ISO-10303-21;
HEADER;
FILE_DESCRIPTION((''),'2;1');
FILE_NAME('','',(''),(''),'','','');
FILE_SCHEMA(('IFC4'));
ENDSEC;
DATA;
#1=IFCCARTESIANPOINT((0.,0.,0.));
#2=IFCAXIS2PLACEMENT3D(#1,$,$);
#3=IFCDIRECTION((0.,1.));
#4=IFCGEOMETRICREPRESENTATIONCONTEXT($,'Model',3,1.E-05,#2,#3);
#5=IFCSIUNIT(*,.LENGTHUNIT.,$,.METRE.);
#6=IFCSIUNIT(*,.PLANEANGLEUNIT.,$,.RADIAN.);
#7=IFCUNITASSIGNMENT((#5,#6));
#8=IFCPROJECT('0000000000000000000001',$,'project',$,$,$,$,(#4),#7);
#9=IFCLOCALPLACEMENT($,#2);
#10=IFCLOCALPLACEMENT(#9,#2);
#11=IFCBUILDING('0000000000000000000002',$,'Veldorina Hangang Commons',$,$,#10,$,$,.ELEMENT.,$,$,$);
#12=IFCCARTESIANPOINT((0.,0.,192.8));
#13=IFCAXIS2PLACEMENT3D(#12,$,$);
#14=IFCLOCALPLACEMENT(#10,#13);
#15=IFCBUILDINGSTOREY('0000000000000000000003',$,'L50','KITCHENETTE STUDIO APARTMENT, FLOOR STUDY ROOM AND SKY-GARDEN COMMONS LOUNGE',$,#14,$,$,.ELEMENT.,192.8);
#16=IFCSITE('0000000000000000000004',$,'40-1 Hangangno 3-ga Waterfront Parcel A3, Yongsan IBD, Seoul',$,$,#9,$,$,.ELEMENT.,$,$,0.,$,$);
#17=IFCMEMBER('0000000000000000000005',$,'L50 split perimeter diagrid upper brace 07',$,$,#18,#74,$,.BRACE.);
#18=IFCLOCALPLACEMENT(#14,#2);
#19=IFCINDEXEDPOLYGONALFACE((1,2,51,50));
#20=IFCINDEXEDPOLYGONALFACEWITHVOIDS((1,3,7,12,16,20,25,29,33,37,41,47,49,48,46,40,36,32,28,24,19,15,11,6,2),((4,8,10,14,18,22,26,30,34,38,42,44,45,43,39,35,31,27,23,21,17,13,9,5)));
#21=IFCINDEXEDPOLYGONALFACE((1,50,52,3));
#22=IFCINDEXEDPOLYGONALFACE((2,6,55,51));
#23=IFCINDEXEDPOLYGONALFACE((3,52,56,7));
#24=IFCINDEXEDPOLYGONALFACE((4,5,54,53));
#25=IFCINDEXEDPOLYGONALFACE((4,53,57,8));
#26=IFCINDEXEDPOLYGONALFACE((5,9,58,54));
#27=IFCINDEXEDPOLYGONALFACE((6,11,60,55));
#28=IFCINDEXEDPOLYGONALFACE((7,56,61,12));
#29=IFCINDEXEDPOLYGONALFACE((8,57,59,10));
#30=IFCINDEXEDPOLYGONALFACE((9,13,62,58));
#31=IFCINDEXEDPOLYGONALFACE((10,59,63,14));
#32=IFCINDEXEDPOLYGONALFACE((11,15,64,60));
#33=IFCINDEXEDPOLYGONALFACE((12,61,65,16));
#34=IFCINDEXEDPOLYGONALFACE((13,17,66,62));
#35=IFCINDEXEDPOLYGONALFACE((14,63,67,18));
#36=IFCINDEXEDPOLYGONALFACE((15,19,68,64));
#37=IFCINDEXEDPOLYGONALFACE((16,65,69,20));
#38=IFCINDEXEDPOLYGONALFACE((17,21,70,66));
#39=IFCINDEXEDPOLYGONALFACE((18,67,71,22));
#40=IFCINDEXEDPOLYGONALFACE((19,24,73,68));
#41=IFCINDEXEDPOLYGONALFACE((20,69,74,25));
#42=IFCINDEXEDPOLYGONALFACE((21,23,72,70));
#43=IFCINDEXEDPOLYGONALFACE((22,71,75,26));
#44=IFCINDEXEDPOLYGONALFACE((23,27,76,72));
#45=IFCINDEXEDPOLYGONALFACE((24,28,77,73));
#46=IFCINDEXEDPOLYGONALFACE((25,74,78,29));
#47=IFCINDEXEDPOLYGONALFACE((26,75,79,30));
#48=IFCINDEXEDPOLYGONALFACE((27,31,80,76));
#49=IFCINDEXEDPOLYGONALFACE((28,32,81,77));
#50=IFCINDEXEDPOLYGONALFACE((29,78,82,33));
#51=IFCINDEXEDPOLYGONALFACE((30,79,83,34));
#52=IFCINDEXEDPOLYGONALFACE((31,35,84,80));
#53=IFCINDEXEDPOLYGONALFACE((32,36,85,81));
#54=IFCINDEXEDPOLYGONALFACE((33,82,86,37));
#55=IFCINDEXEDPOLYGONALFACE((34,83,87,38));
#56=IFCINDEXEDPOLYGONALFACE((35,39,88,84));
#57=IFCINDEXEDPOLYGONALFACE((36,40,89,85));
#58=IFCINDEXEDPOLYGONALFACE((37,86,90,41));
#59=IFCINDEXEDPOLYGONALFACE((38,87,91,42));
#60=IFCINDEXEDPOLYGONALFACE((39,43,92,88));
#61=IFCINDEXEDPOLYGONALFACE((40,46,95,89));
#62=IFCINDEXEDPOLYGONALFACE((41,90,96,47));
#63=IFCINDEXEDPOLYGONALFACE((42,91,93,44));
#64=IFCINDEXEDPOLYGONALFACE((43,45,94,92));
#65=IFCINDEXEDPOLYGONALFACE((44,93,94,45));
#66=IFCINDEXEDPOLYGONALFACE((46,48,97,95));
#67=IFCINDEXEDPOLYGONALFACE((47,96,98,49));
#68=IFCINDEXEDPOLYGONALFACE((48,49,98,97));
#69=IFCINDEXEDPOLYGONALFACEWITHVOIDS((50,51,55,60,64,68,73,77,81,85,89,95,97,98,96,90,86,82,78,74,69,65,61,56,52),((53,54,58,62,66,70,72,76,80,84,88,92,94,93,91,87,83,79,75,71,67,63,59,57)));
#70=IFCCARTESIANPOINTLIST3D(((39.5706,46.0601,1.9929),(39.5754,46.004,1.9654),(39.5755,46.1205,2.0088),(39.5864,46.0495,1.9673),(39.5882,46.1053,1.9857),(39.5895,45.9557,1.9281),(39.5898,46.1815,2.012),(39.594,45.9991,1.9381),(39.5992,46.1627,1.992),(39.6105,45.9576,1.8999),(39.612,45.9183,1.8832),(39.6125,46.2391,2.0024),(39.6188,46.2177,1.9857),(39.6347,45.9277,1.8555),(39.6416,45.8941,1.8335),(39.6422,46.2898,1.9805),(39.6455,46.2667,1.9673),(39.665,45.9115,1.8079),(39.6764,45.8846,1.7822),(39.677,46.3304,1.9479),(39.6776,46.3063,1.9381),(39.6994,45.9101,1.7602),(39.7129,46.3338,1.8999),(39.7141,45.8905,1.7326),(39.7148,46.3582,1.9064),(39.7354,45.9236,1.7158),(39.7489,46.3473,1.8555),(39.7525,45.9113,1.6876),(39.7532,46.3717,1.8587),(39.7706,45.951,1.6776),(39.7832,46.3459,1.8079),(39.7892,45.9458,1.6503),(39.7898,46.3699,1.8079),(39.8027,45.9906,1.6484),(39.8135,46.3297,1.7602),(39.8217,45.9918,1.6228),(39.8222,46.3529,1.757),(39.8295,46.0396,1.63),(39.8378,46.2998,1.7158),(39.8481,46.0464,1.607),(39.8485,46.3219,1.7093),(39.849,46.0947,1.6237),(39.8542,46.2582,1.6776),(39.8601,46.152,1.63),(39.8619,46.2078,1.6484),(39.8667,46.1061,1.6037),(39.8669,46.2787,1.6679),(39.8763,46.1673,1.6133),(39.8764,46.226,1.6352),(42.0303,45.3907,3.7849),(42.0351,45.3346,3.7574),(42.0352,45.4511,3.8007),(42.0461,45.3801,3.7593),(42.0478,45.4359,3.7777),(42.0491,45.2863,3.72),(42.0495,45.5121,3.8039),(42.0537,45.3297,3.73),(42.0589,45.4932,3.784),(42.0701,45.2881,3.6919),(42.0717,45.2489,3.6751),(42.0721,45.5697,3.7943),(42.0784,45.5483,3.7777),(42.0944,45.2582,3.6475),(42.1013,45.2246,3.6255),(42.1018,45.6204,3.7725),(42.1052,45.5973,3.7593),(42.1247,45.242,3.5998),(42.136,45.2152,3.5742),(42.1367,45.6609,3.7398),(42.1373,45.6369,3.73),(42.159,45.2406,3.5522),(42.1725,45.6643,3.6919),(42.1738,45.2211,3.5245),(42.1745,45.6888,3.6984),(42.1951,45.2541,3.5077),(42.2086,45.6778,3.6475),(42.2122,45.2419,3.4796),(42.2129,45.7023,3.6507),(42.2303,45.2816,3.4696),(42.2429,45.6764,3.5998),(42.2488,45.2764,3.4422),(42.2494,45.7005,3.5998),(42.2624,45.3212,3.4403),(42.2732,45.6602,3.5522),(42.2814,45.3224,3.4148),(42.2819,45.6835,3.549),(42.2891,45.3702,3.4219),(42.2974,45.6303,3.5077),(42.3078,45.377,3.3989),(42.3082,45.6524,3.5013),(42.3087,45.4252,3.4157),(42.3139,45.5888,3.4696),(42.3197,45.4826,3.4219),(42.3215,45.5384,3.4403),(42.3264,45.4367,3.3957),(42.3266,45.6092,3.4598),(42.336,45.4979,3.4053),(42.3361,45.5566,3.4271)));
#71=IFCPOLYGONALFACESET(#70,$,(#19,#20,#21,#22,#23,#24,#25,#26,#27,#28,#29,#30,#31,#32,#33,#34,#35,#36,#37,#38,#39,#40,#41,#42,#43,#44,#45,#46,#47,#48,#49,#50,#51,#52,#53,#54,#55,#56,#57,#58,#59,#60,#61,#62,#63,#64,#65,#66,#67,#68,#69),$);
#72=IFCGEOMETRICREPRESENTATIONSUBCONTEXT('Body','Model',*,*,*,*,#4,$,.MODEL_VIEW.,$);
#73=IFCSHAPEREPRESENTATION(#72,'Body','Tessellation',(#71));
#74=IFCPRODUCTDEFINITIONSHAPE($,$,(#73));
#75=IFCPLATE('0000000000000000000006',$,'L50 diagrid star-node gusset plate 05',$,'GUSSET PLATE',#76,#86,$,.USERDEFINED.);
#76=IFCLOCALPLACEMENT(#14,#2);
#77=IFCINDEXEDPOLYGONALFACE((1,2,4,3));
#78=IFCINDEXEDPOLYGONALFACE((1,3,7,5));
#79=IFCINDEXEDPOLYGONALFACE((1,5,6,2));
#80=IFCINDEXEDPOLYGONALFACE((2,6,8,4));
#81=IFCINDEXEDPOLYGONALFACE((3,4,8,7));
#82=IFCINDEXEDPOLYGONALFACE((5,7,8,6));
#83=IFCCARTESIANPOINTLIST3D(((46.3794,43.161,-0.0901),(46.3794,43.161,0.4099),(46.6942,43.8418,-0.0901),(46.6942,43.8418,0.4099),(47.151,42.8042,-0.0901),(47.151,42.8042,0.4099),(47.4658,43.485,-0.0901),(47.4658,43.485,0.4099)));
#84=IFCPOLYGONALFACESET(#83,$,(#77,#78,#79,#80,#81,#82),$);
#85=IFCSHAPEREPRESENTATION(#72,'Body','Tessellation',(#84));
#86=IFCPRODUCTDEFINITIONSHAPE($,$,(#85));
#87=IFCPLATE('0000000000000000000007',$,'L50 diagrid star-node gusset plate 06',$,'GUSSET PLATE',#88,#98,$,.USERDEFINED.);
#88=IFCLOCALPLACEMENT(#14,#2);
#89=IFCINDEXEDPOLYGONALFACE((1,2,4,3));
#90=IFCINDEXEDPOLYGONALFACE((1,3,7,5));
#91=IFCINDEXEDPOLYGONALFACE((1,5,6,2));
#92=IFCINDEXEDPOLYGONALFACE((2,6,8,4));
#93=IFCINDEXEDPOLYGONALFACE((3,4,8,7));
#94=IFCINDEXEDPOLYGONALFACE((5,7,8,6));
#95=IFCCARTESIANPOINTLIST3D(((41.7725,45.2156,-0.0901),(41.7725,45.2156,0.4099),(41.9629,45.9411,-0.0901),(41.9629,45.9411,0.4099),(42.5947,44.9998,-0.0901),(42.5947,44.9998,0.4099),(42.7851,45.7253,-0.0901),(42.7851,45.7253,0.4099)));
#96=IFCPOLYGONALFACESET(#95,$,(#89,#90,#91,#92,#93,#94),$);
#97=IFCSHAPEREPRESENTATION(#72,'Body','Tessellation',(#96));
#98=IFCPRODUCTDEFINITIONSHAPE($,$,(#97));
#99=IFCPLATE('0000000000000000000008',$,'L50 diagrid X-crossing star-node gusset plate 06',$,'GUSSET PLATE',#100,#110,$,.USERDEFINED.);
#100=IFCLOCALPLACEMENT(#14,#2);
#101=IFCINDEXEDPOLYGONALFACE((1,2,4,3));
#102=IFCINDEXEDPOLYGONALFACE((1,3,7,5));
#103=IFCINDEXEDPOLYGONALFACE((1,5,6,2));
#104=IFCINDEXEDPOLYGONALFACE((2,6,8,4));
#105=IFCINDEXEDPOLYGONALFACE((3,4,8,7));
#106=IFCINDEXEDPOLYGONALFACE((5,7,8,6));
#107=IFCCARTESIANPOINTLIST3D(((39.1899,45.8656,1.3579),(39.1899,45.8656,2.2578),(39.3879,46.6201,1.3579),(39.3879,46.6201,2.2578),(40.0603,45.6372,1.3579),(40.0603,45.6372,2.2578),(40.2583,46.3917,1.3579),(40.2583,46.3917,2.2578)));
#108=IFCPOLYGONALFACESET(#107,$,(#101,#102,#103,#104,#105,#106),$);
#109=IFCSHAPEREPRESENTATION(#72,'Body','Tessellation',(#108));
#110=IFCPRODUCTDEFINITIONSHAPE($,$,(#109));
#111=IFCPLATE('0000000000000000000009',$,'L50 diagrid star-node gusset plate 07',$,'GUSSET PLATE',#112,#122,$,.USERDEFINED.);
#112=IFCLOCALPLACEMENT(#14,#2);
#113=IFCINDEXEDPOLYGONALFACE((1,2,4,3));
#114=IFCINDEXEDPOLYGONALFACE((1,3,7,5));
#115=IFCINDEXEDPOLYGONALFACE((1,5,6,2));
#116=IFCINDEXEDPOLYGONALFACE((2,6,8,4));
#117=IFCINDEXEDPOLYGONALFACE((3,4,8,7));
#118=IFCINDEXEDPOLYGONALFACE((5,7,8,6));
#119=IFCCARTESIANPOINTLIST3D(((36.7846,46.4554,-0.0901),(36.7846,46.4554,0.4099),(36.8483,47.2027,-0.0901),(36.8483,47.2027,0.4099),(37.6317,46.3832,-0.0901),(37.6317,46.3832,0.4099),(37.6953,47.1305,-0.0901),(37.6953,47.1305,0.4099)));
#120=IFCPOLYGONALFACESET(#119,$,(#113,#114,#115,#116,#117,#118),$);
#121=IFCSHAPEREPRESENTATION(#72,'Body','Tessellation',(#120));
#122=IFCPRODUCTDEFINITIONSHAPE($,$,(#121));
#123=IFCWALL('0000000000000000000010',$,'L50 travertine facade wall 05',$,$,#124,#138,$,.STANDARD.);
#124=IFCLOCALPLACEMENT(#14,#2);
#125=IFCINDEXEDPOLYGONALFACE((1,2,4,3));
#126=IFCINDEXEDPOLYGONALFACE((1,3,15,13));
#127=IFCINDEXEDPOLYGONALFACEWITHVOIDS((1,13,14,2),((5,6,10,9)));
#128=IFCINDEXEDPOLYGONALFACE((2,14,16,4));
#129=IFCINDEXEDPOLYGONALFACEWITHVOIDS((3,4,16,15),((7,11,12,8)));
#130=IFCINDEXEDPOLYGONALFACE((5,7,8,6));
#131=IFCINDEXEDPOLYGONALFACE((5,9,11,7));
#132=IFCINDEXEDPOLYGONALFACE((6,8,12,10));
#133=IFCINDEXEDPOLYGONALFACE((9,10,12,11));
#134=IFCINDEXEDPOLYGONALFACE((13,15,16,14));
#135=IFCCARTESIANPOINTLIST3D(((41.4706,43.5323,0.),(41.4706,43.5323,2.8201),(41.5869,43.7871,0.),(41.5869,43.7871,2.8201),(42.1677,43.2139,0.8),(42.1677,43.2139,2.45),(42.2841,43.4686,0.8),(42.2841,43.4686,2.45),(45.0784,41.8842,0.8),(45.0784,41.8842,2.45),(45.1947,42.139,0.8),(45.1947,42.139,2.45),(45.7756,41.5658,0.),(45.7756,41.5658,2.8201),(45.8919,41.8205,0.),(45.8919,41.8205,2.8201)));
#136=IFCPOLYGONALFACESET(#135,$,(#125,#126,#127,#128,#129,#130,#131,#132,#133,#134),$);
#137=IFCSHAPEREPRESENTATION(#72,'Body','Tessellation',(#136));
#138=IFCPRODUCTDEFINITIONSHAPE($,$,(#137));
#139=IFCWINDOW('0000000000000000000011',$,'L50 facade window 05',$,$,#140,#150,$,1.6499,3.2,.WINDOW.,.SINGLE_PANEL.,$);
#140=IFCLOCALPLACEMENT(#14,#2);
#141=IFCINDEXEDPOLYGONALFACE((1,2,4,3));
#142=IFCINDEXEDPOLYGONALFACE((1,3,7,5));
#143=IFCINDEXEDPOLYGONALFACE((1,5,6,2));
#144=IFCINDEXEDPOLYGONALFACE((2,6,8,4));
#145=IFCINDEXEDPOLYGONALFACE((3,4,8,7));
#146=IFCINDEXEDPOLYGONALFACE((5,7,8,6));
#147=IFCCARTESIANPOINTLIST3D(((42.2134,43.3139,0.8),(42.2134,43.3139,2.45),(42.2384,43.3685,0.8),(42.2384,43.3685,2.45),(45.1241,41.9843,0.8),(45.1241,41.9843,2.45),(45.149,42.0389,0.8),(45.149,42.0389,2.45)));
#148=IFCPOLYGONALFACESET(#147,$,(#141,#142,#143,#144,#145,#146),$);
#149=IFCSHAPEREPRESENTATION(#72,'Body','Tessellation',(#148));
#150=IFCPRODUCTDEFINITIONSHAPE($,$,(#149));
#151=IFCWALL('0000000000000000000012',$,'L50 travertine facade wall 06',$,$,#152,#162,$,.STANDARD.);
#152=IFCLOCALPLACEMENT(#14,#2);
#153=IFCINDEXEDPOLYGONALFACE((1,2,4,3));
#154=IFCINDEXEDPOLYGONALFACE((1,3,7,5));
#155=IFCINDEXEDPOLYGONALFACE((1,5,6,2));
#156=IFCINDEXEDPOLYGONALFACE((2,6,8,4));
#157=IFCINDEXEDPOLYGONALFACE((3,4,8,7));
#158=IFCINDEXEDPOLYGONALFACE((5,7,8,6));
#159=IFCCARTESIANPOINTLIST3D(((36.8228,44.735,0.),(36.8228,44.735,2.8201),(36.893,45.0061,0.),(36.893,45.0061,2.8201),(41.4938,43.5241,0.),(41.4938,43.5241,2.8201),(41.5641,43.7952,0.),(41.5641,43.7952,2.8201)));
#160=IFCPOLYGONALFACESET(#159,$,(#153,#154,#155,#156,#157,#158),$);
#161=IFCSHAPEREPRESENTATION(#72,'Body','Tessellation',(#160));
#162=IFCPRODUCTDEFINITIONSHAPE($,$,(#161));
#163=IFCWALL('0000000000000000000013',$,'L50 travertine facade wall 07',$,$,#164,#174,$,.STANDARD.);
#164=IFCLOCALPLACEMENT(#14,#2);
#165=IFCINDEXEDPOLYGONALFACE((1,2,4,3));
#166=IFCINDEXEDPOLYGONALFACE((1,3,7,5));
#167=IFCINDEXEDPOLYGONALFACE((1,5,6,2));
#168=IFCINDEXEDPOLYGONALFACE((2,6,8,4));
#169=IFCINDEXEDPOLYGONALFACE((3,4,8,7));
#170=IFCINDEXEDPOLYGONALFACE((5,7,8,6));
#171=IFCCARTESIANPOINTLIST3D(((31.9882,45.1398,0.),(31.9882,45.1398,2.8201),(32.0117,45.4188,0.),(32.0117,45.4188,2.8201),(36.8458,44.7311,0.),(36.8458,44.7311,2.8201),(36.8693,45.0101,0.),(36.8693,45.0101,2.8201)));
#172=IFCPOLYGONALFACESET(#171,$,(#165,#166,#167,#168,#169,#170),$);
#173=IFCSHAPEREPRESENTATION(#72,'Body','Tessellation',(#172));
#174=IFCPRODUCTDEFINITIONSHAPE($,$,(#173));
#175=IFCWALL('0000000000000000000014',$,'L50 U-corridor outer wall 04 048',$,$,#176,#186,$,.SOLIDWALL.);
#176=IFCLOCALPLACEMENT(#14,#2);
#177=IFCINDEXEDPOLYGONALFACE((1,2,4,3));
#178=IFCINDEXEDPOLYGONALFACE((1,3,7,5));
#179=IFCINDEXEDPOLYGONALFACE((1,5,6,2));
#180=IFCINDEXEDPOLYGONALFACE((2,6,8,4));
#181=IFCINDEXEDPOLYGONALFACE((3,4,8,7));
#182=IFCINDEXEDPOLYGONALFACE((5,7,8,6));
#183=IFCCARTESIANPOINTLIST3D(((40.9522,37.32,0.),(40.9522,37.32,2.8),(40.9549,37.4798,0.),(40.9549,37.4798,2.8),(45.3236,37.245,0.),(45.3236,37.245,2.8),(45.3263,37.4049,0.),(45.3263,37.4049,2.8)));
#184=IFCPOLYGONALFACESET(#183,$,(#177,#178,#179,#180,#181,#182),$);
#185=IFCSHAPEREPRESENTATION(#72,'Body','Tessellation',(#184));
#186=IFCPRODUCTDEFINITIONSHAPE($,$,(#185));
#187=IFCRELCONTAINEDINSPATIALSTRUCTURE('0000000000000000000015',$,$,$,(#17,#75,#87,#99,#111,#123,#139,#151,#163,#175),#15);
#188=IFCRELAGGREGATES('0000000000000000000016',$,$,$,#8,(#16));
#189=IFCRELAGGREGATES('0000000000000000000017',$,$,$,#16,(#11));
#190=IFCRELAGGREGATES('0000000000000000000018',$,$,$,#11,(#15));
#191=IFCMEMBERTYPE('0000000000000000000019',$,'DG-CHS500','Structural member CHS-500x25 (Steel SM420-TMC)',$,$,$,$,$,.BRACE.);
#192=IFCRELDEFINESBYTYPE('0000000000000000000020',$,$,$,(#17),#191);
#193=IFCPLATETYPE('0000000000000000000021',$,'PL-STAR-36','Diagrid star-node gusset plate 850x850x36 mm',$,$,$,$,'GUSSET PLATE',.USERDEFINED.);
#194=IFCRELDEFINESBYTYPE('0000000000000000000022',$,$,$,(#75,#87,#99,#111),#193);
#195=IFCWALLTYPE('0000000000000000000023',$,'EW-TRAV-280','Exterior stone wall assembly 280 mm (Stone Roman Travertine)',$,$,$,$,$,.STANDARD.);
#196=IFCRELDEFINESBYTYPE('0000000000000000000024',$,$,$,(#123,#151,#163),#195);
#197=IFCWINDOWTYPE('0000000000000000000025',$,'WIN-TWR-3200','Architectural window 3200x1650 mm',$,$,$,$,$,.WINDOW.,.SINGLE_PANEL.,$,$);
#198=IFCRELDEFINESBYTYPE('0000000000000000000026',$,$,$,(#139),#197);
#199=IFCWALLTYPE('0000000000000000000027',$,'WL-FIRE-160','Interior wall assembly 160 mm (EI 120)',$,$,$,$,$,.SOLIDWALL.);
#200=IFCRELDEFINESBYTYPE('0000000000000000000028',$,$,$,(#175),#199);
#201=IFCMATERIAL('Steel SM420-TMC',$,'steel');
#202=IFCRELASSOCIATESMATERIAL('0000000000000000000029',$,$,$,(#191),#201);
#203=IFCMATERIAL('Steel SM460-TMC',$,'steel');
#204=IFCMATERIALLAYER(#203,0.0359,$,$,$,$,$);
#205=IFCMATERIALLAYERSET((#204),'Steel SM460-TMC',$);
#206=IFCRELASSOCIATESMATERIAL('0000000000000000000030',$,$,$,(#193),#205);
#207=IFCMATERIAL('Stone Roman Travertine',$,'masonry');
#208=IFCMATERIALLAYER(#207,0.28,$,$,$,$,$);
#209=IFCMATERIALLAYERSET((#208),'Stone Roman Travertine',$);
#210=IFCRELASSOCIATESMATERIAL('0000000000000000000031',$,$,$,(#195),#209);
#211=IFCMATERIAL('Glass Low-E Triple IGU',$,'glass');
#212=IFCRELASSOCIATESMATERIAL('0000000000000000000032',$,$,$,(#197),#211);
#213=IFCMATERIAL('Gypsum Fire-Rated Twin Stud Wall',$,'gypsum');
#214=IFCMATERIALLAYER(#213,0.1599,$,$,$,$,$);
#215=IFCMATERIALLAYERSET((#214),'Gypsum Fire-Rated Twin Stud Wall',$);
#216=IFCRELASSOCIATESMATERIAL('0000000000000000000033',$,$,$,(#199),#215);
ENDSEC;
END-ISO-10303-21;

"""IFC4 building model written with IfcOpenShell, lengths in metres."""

from ifc_helpers import new_model, si_unit, direction, frame, frame_2d, origin, origin_2d, place, context, subcontext, project, spatial, rectangle, hollow_circle, extrude, material, layer, layer_set, material_profile, profile_set, type_object, element, fill, save


model = new_model("IFC4")

# Units and contexts
model_context = context("Model", 3, precision=1e-05, world=origin(), true_north=direction((0.0, 1.0)))
body_context = subcontext(model_context, "Body", "Model", "MODEL_VIEW")
ifc_project = project(units=[si_unit("LENGTHUNIT", "METRE"), si_unit("PLANEANGLEUNIT", "RADIAN")], contexts=[model_context])

# Site, building, storey
site_placement = place(None, origin())
site = spatial("IfcSite", under=ifc_project, at=site_placement, Name="40-1 Hangangno 3-ga Waterfront Parcel A3, Yongsan IBD, Seoul", CompositionType="ELEMENT", RefElevation=0.0)
building_placement = place(site_placement, origin())
building = spatial("IfcBuilding", under=site, at=building_placement, Name="Veldorina Hangang Commons", CompositionType="ELEMENT")
storey_placement = place(building_placement, frame((0.0, 0.0, 192.8)))
storey = spatial("IfcBuildingStorey", under=building, at=storey_placement, Name="L50", Description="KITCHENETTE STUDIO APARTMENT, FLOOR STUDY ROOM AND SKY-GARDEN COMMONS LOUNGE", CompositionType="ELEMENT", Elevation=192.8)

# Shared definitions
ifc_material_1 = material(Name="Steel SM420-TMC", Category="steel")

# Member
ifc_material_profile_1 = material_profile(ifc_material_1, hollow_circle(Radius=0.25, WallThickness=0.0249, at=origin_2d()), Name="CHS-500x25")
ifc_profile_set_1 = profile_set([ifc_material_profile_1], Name="Steel SM420-TMC")
member_type = type_object("IfcMemberType", Name="DG-CHS500", Description="Structural member CHS-500x25 (Steel SM420-TMC)", PredefinedType="BRACE", material=ifc_profile_set_1)
member_1_placement = place(storey_placement, frame((39.7241, 46.1287, 1.8079), z_axis=(0.789378, -0.214836, 0.57509), x_axis=(0.262607, 0.964903, 0.0)))
element("IfcMember", 1, at=member_1_placement, inside=storey, type_object=member_type, Name="L50 split perimeter diagrid upper brace 07", PredefinedType="BRACE", context=body_context, shape_type="SweptSolid", body=[
    extrude(hollow_circle(Radius=0.25, WallThickness=0.0249, at=origin_2d()), origin(), (0.0, 0.0, 1.0), 3.116),
])

# Plates
ifc_material_2 = material(Name="Steel SM460-TMC", Category="steel")
ifc_layer_1 = layer(ifc_material_2, 0.0359)
ifc_layer_set_1 = layer_set([ifc_layer_1], Name="Steel SM460-TMC")
plate_type = type_object("IfcPlateType", Name="PL-STAR-36", Description="Diagrid star-node gusset plate 850x850x36 mm", ElementType="GUSSET PLATE", PredefinedType="USERDEFINED", material=ifc_layer_set_1)
for number, where, z_axis, x_axis, name in (
    (2, (46.9226, 43.323, -0.0901), (0.0, 0.0, 1.0), (-0.907646, 0.419737, 0.0), "L50 diagrid star-node gusset plate 05"),
    (3, (42.2788, 45.4705, -0.0901), (0.0, 0.0, 1.0), (-0.967241, 0.253859, 0.0), "L50 diagrid star-node gusset plate 06"),
):
    element("IfcPlate", number, at=place(storey_placement, frame(where, z_axis=z_axis, x_axis=x_axis)), inside=storey, type_object=plate_type, Name=name, ObjectType="GUSSET PLATE", PredefinedType="USERDEFINED", context=body_context, shape_type="SweptSolid", body=[
        extrude(rectangle(XDim=0.8501, YDim=0.75, at=origin_2d()), origin(), (0.0, 0.0, 1.0), 0.5),
    ])
plate_1_placement = place(storey_placement, frame((39.7241, 46.1287, 1.3579), z_axis=(0.0, 0.0, 1.0), x_axis=(-0.967241, 0.253859, 0.0)))
element("IfcPlate", 4, at=plate_1_placement, inside=storey, type_object=plate_type, Name="L50 diagrid X-crossing star-node gusset plate 06", ObjectType="GUSSET PLATE", PredefinedType="USERDEFINED", context=body_context, shape_type="SweptSolid", body=[
    extrude(rectangle(XDim=0.8999, YDim=0.78, at=origin_2d()), origin(), (0.0, 0.0, 1.0), 0.8999),
])
plate_2_placement = place(storey_placement, frame((37.24, 46.793, -0.0901), z_axis=(0.0, 0.0, 1.0), x_axis=(-0.99639, 0.084895, 0.0)))
element("IfcPlate", 5, at=plate_2_placement, inside=storey, type_object=plate_type, Name="L50 diagrid star-node gusset plate 07", ObjectType="GUSSET PLATE", PredefinedType="USERDEFINED", context=body_context, shape_type="SweptSolid", body=[
    extrude(rectangle(XDim=0.8501, YDim=0.75, at=origin_2d()), origin(), (0.0, 0.0, 1.0), 0.5),
])

# Wall, opening, window
ifc_material_3 = material(Name="Stone Roman Travertine", Category="masonry")
ifc_layer_2 = layer(ifc_material_3, 0.28)
ifc_layer_set_2 = layer_set([ifc_layer_2], Name="Stone Roman Travertine")
wall_type_1 = type_object("IfcWallType", Name="EW-TRAV-280", Description="Exterior stone wall assembly 280 mm (Stone Roman Travertine)", PredefinedType="STANDARD", material=ifc_layer_set_2)
wall_1_placement = place(storey_placement, frame((45.8337, 41.6931, 0.0), z_axis=(0.0, 0.0, 1.0), x_axis=(-0.909588, 0.415512, 0.0)))
wall_1 = element("IfcWall", 6, at=wall_1_placement, inside=storey, type_object=wall_type_1, Name="L50 travertine facade wall 05", PredefinedType="STANDARD", context=body_context, shape_type="SweptSolid", body=[
    extrude(rectangle(XDim=4.7329, YDim=0.28, at=frame_2d((2.3665, 0.0))), origin(), (0.0, 0.0, 1.0), 2.8201),
])
opening_1_placement = place(wall_1_placement, frame((0.7664, 0.0, 0.8)))
opening_1 = element("IfcOpeningElement", 7, at=opening_1_placement, cuts=wall_1, PredefinedType="OPENING", context=body_context, shape_type="SweptSolid", body=[
    extrude(rectangle(XDim=3.2, YDim=1.6499, at=frame_2d((1.6001, 0.825))), frame((0.0, 0.1499, 0.0), z_axis=(0.0, -1.0, 0.0), x_axis=(1.0, 0.0, 0.0)), (0.0, 0.0, 1.0), 0.3),
])
ifc_material_4 = material(Name="Glass Low-E Triple IGU", Category="glass")
window_type = type_object("IfcWindowType", Name="WIN-TWR-3200", Description="Architectural window 3200x1650 mm", PartitioningType="SINGLE_PANEL", PredefinedType="WINDOW", material=ifc_material_4)
window_placement = place(opening_1_placement, origin())
window = element("IfcWindow", 8, at=window_placement, inside=storey, type_object=window_type, Name="L50 facade window 05", OverallHeight=1.6499, OverallWidth=3.2, PartitioningType="SINGLE_PANEL", PredefinedType="WINDOW", context=body_context, shape_type="SweptSolid", body=[
    extrude(rectangle(XDim=3.2, YDim=1.6499, at=frame_2d((1.6001, 0.825))), frame((0.0, 0.03, 0.0), z_axis=(0.0, -1.0, 0.0), x_axis=(1.0, 0.0, 0.0)), (0.0, 0.0, 1.0), 0.0601),
])
fill(opening_1, window)

# Walls
wall_2_placement = place(storey_placement, frame((41.5288, 43.6597, 0.0), z_axis=(0.0, 0.0, 1.0), x_axis=(-0.968002, 0.250943, 0.0)))
element("IfcWall", 9, at=wall_2_placement, inside=storey, type_object=wall_type_1, Name="L50 travertine facade wall 06", PredefinedType="STANDARD", context=body_context, shape_type="SweptSolid", body=[
    extrude(rectangle(XDim=4.8254, YDim=0.28, at=frame_2d((2.4126, 0.0))), origin(), (0.0, 0.0, 1.0), 2.8201),
])
wall_3_placement = place(storey_placement, frame((36.8577, 44.8706, 0.0), z_axis=(0.0, 0.0, 1.0), x_axis=(-0.996479, 0.083837, 0.0)))
element("IfcWall", 10, at=wall_3_placement, inside=storey, type_object=wall_type_1, Name="L50 travertine facade wall 07", PredefinedType="STANDARD", context=body_context, shape_type="SweptSolid", body=[
    extrude(rectangle(XDim=4.8748, YDim=0.28, at=frame_2d((2.4375, 0.0))), origin(), (0.0, 0.0, 1.0), 2.8201),
])
ifc_material_5 = material(Name="Gypsum Fire-Rated Twin Stud Wall", Category="gypsum")
ifc_layer_3 = layer(ifc_material_5, 0.1599)
ifc_layer_set_3 = layer_set([ifc_layer_3], Name="Gypsum Fire-Rated Twin Stud Wall")
wall_type_2 = type_object("IfcWallType", Name="WL-FIRE-160", Description="Interior wall assembly 160 mm (EI 120)", PredefinedType="SOLIDWALL", material=ifc_layer_set_3)
wall_4_placement = place(storey_placement, frame((45.325, 37.325, 0.0), z_axis=(0.0, 0.0, 1.0), x_axis=(-0.999853, 0.017144, 0.0)))
element("IfcWall", 11, at=wall_4_placement, inside=storey, type_object=wall_type_2, Name="L50 U-corridor outer wall 04 048", PredefinedType="SOLIDWALL", context=body_context, shape_type="SweptSolid", body=[
    extrude(rectangle(XDim=4.3721, YDim=0.1599, at=frame_2d((2.186, 0.0))), origin(), (0.0, 0.0, 1.0), 2.8),
])

save(model, "model.ifc")
